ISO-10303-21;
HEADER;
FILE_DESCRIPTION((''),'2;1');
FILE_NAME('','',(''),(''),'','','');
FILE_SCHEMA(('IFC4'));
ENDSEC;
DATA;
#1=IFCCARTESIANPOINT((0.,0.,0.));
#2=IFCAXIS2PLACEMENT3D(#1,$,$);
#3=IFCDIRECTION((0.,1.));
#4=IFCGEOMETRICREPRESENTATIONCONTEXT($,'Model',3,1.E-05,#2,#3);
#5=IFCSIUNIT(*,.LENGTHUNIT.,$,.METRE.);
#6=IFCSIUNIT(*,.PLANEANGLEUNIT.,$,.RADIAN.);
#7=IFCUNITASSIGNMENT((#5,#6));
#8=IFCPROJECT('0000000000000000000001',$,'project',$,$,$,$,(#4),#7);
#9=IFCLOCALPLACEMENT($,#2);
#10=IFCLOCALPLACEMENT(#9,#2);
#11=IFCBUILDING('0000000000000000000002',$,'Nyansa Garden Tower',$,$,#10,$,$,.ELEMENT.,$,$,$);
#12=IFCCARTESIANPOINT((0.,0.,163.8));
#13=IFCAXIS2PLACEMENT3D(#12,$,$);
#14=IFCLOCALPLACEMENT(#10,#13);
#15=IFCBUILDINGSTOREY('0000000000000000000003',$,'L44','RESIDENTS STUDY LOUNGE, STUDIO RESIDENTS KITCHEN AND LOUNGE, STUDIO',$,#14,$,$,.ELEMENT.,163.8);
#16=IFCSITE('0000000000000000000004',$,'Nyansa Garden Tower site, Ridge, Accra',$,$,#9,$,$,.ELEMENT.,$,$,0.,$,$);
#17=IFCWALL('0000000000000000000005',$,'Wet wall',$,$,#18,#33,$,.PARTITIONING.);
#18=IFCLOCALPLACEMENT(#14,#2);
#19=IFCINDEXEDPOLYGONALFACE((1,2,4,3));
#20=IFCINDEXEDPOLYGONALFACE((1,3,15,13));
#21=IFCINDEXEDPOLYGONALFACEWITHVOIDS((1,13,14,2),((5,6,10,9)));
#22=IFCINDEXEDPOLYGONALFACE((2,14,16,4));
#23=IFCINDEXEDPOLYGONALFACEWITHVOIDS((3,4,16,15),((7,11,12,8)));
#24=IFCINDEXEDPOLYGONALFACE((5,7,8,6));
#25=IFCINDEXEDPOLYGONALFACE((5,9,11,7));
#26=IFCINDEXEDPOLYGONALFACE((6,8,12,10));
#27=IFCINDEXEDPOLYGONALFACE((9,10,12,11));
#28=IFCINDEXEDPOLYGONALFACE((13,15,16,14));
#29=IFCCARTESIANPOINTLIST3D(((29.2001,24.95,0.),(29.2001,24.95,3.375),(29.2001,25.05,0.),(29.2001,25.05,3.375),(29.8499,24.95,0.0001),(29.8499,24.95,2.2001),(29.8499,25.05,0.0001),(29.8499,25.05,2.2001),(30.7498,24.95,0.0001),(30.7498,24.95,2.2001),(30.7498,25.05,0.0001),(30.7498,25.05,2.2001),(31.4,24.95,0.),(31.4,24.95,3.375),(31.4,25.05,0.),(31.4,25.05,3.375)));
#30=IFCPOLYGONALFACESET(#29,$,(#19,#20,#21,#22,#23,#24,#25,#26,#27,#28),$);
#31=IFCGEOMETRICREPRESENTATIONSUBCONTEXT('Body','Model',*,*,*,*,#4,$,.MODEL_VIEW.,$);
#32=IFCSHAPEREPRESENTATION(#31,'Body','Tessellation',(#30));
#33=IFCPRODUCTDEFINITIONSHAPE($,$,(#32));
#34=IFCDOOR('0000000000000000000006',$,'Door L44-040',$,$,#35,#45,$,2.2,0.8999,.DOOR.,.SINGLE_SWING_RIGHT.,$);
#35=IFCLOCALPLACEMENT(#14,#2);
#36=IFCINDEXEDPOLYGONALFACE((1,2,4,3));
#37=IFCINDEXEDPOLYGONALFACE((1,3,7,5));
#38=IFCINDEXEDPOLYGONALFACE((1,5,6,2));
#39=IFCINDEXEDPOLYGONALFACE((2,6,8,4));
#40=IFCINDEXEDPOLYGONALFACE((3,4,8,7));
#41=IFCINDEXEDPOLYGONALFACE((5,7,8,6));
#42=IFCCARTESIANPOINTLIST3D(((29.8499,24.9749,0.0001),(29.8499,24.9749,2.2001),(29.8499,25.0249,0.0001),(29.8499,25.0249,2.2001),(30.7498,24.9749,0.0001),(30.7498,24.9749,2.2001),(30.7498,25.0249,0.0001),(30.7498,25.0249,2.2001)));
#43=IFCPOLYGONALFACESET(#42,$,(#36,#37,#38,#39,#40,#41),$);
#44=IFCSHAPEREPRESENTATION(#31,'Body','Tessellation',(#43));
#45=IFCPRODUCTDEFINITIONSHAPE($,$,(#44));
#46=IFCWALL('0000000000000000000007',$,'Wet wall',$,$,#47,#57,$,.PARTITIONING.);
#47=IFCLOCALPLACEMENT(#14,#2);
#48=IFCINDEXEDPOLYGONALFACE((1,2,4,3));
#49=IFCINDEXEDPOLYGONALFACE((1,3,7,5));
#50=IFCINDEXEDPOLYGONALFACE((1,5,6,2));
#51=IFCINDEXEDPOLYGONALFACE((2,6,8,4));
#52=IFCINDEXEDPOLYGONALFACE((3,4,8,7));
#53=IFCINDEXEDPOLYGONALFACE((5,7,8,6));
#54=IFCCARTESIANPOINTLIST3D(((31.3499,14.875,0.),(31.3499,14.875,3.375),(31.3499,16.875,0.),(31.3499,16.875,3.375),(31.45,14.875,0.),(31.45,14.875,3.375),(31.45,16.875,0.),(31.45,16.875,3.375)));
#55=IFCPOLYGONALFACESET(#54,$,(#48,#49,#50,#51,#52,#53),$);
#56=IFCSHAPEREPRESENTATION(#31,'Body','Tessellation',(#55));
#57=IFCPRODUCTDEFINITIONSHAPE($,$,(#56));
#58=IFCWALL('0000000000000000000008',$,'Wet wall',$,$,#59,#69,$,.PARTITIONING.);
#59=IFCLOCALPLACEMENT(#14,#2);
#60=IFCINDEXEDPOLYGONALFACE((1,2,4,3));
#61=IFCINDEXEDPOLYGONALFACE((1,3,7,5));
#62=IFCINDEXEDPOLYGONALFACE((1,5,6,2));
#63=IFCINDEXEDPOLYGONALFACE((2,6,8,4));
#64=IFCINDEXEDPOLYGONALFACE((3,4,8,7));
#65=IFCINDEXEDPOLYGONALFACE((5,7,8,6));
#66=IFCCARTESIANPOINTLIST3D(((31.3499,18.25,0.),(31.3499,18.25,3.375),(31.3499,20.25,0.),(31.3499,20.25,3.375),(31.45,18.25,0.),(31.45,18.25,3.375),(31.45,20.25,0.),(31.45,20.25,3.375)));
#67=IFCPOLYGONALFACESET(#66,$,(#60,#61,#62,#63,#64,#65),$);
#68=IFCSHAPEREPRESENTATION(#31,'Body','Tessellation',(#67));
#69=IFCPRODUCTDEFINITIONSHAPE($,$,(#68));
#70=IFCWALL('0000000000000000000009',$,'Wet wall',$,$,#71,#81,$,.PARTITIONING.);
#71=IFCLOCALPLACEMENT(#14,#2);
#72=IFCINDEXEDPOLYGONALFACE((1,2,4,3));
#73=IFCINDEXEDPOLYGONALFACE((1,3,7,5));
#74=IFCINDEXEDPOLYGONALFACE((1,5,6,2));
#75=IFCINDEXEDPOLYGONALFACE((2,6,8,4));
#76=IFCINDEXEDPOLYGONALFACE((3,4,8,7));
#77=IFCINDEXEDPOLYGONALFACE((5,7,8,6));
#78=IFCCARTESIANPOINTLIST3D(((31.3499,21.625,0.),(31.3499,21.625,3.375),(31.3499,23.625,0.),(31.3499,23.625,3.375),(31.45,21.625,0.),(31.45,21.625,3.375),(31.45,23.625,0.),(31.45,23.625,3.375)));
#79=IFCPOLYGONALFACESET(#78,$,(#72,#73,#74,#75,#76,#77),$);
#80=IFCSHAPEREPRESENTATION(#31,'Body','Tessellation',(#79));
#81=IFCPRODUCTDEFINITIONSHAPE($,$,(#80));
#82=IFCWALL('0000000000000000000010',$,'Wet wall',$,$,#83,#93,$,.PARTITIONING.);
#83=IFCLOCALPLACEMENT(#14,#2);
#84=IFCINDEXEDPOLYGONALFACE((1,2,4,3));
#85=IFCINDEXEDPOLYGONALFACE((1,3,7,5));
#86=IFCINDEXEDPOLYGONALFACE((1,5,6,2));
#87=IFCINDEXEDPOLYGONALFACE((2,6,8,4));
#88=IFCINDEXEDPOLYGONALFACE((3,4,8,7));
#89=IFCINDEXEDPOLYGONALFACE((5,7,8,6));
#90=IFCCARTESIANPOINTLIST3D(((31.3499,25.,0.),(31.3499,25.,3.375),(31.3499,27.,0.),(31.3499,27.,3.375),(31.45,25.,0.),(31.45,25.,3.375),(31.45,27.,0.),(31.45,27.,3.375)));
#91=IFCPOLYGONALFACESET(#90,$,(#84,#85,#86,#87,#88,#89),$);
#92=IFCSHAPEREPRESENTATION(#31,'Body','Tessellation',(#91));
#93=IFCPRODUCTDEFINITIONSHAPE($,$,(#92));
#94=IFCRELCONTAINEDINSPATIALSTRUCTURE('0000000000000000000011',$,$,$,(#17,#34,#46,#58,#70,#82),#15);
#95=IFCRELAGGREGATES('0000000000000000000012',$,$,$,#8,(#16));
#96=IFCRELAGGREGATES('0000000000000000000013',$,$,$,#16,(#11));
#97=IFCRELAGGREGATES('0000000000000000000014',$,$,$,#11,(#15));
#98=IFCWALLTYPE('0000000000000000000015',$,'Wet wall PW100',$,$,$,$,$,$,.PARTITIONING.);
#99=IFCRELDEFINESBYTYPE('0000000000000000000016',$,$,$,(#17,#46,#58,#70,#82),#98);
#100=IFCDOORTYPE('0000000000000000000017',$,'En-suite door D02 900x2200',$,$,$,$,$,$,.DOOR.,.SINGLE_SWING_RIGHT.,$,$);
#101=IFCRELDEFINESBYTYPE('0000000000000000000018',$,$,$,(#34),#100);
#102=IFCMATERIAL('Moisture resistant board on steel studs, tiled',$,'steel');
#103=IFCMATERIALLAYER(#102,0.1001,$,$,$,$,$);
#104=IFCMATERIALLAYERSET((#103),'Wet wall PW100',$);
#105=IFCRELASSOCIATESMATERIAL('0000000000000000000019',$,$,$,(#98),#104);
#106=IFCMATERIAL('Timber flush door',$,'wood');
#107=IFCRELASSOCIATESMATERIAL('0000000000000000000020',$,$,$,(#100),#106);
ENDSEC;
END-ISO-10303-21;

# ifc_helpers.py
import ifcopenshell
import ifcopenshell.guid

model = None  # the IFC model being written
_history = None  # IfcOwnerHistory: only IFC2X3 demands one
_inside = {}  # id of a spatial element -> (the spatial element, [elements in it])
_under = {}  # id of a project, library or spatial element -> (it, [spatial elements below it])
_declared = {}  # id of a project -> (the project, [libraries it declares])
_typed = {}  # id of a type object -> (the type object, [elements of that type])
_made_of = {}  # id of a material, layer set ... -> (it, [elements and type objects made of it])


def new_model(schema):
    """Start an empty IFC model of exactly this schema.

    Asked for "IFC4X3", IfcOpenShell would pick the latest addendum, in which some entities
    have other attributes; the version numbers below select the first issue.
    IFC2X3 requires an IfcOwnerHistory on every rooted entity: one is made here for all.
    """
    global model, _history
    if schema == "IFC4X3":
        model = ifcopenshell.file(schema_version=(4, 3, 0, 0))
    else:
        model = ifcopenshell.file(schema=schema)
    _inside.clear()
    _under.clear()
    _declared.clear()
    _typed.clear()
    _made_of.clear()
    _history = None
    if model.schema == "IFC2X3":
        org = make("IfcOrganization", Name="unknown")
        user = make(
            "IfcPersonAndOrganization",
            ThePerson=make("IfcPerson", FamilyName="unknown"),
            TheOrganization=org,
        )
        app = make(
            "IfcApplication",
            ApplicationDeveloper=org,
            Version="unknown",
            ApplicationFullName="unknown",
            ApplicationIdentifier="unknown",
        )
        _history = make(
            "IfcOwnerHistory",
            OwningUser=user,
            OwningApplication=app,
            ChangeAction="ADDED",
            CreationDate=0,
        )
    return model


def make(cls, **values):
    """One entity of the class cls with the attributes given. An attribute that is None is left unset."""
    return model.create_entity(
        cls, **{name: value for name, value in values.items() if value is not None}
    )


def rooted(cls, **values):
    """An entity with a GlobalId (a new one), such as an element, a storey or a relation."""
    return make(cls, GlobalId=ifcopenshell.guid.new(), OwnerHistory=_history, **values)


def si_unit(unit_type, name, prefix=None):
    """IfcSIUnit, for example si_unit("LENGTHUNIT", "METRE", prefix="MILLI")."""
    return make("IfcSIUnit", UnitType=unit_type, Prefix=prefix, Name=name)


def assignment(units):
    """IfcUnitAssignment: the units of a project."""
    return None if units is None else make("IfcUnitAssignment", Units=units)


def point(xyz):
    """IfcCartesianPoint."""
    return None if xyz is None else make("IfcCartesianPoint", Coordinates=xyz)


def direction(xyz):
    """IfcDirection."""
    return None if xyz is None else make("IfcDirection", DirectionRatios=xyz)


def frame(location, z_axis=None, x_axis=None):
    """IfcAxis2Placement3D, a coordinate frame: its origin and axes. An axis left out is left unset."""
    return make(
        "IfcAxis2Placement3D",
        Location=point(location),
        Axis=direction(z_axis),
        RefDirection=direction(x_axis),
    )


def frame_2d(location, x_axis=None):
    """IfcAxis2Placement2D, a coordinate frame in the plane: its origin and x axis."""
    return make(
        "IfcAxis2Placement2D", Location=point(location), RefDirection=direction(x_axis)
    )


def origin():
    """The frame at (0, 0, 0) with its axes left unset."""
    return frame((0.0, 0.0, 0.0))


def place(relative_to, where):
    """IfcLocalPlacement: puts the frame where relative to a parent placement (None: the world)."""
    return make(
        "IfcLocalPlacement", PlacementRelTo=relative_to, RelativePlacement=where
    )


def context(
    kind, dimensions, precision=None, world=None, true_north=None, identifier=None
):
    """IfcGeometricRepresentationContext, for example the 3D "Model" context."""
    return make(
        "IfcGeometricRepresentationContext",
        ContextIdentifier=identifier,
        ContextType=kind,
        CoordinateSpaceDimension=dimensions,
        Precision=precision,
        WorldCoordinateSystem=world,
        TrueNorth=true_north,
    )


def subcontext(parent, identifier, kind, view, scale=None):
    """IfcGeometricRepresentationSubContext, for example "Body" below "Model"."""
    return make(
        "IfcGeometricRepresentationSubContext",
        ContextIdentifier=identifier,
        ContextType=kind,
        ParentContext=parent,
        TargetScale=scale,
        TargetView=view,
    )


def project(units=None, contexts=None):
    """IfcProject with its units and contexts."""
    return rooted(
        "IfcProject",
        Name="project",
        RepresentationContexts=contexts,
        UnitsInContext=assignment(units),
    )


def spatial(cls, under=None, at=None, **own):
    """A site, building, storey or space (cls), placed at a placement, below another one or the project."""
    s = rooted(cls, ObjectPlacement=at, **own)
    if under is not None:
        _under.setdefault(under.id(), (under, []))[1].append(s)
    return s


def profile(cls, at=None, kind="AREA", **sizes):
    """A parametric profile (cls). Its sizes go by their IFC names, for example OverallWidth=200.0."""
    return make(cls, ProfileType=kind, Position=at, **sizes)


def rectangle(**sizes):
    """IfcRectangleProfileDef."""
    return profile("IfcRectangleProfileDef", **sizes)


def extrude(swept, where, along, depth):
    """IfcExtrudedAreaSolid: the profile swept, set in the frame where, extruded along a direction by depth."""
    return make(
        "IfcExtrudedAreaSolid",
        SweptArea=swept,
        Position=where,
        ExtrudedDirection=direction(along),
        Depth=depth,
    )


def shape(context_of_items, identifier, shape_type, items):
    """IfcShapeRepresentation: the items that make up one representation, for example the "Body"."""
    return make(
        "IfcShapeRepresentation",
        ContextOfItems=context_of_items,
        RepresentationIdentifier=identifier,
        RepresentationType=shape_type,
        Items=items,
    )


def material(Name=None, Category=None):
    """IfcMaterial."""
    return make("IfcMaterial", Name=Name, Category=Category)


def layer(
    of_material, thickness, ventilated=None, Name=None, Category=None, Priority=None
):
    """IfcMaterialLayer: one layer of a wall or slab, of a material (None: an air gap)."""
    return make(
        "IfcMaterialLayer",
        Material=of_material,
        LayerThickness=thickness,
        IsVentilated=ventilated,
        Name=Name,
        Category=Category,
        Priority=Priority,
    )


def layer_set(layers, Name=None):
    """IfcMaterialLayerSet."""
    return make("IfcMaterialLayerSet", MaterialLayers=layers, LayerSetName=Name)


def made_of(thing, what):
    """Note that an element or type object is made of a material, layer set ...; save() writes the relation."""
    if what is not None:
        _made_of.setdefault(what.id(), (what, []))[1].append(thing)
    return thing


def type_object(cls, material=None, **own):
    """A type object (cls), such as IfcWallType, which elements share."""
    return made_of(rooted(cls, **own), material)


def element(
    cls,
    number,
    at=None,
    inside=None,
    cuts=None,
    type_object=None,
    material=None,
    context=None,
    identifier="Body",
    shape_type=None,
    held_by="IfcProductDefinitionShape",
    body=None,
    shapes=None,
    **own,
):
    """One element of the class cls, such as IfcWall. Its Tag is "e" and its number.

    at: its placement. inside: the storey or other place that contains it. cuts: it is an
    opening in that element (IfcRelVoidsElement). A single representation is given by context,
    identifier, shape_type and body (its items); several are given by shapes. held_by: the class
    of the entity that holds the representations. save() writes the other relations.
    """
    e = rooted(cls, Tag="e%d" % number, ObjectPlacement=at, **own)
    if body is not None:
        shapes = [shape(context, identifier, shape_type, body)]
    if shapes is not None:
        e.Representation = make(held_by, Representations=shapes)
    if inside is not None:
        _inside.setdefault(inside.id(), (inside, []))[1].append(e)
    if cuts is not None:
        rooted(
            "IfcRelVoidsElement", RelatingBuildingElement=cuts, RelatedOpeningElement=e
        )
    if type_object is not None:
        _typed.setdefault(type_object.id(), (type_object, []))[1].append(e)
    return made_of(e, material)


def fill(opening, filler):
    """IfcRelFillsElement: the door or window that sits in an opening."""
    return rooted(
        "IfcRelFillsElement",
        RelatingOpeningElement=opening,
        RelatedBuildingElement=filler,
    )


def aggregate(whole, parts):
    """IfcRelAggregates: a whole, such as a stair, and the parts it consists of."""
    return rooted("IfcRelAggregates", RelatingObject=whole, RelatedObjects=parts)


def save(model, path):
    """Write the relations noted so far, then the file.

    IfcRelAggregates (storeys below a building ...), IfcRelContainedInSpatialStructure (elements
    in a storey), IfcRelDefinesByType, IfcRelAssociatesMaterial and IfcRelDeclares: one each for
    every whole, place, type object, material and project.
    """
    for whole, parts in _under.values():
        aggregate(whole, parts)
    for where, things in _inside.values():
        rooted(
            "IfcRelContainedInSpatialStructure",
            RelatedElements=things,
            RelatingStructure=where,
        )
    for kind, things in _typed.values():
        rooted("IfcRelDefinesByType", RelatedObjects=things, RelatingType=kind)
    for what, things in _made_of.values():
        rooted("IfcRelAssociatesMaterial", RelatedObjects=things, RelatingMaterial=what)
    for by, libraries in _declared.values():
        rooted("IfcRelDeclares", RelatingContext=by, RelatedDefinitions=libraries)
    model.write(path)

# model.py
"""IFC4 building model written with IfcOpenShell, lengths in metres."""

from ifc_helpers import new_model, si_unit, direction, frame, frame_2d, origin, place, context, subcontext, project, spatial, rectangle, extrude, material, layer, layer_set, type_object, element, fill, save


model = new_model("IFC4")

# Units and contexts
model_context = context("Model", 3, precision=1e-05, world=origin(), true_north=direction((0.0, 1.0)))
body_context = subcontext(model_context, "Body", "Model", "MODEL_VIEW")
ifc_project = project(units=[si_unit("LENGTHUNIT", "METRE"), si_unit("PLANEANGLEUNIT", "RADIAN")], contexts=[model_context])

# Site, building, storey
site_placement = place(None, origin())
site = spatial("IfcSite", under=ifc_project, at=site_placement, Name="Nyansa Garden Tower site, Ridge, Accra", CompositionType="ELEMENT", RefElevation=0.0)
building_placement = place(site_placement, origin())
building = spatial("IfcBuilding", under=site, at=building_placement, Name="Nyansa Garden Tower", CompositionType="ELEMENT")
storey_placement = place(building_placement, frame((0.0, 0.0, 163.8)))
storey = spatial("IfcBuildingStorey", under=building, at=storey_placement, Name="L44", Description="RESIDENTS STUDY LOUNGE, STUDIO RESIDENTS KITCHEN AND LOUNGE, STUDIO", CompositionType="ELEMENT", Elevation=163.8)

# Wall, opening, door
ifc_material_1 = material(Name="Moisture resistant board on steel studs, tiled", Category="steel")
ifc_layer_1 = layer(ifc_material_1, 0.1001)
ifc_layer_set_1 = layer_set([ifc_layer_1], Name="Wet wall PW100")
wall_type_1 = type_object("IfcWallType", Name="Wet wall PW100", PredefinedType="PARTITIONING", material=ifc_layer_set_1)
ifc_material_2 = material(Name="Timber flush door", Category="wood")
door_type_1 = type_object("IfcDoorType", Name="En-suite door D02 900x2200", OperationType="SINGLE_SWING_RIGHT", PredefinedType="DOOR", material=ifc_material_2)
wall_1_placement = place(storey_placement, frame((29.2, 25.0, 0.0), z_axis=(0.0, 0.0, 1.0), x_axis=(1.0, 0.0, 0.0)))
wall_1 = element("IfcWall", 1, at=wall_1_placement, inside=storey, type_object=wall_type_1, Name="Wet wall", PredefinedType="PARTITIONING", context=body_context, shape_type="SweptSolid", body=[
    extrude(rectangle(XDim=2.2, YDim=0.1001, at=frame_2d((1.1001, 0.0))), origin(), (0.0, 0.0, 1.0), 3.375),
])
opening_1_placement = place(wall_1_placement, frame((0.6499, 0.0, 0.0)))
opening_1 = element("IfcOpeningElement", 2, at=opening_1_placement, cuts=wall_1, PredefinedType="OPENING", context=body_context, shape_type="SweptSolid", body=[
    extrude(rectangle(XDim=0.8999, YDim=2.2, at=frame_2d((0.45, 1.1001))), frame((0.0, 0.0601, 0.0), z_axis=(0.0, -1.0, 0.0), x_axis=(1.0, 0.0, 0.0)), (0.0, 0.0, 1.0), 0.1201),
])
door_1_placement = place(opening_1_placement, origin())
door_1 = element("IfcDoor", 3, at=door_1_placement, inside=storey, type_object=door_type_1, Name="Door L44-040", OperationType="SINGLE_SWING_RIGHT", OverallHeight=2.2, OverallWidth=0.8999, PredefinedType="DOOR", context=body_context, shape_type="SweptSolid", body=[
    extrude(rectangle(XDim=0.8999, YDim=2.2, at=frame_2d((0.45, 1.1001))), frame((0.0, 0.0249, 0.0), z_axis=(0.0, -1.0, 0.0), x_axis=(1.0, 0.0, 0.0)), (0.0, 0.0, 1.0), 0.05),
])
fill(opening_1, door_1)

# Walls
for number, where, z_axis, x_axis, name in (
    (4, (31.3999, 14.875, 0.0), (0.0, 0.0, 1.0), (0.0, 1.0, 0.0), "Wet wall"),
    (5, (31.3999, 18.25, 0.0), (0.0, 0.0, 1.0), (0.0, 1.0, 0.0), "Wet wall"),
    (6, (31.3999, 21.625, 0.0), (0.0, 0.0, 1.0), (0.0, 1.0, 0.0), "Wet wall"),
    (7, (31.3999, 25.0, 0.0), (0.0, 0.0, 1.0), (0.0, 1.0, 0.0), "Wet wall"),
):
    element("IfcWall", number, at=place(storey_placement, frame(where, z_axis=z_axis, x_axis=x_axis)), inside=storey, type_object=wall_type_1, Name=name, PredefinedType="PARTITIONING", context=body_context, shape_type="SweptSolid", body=[
        extrude(rectangle(XDim=2.0, YDim=0.1001, at=frame_2d((1.0, 0.0))), origin(), (0.0, 0.0, 1.0), 3.375),
    ])

save(model, "model.ifc")
